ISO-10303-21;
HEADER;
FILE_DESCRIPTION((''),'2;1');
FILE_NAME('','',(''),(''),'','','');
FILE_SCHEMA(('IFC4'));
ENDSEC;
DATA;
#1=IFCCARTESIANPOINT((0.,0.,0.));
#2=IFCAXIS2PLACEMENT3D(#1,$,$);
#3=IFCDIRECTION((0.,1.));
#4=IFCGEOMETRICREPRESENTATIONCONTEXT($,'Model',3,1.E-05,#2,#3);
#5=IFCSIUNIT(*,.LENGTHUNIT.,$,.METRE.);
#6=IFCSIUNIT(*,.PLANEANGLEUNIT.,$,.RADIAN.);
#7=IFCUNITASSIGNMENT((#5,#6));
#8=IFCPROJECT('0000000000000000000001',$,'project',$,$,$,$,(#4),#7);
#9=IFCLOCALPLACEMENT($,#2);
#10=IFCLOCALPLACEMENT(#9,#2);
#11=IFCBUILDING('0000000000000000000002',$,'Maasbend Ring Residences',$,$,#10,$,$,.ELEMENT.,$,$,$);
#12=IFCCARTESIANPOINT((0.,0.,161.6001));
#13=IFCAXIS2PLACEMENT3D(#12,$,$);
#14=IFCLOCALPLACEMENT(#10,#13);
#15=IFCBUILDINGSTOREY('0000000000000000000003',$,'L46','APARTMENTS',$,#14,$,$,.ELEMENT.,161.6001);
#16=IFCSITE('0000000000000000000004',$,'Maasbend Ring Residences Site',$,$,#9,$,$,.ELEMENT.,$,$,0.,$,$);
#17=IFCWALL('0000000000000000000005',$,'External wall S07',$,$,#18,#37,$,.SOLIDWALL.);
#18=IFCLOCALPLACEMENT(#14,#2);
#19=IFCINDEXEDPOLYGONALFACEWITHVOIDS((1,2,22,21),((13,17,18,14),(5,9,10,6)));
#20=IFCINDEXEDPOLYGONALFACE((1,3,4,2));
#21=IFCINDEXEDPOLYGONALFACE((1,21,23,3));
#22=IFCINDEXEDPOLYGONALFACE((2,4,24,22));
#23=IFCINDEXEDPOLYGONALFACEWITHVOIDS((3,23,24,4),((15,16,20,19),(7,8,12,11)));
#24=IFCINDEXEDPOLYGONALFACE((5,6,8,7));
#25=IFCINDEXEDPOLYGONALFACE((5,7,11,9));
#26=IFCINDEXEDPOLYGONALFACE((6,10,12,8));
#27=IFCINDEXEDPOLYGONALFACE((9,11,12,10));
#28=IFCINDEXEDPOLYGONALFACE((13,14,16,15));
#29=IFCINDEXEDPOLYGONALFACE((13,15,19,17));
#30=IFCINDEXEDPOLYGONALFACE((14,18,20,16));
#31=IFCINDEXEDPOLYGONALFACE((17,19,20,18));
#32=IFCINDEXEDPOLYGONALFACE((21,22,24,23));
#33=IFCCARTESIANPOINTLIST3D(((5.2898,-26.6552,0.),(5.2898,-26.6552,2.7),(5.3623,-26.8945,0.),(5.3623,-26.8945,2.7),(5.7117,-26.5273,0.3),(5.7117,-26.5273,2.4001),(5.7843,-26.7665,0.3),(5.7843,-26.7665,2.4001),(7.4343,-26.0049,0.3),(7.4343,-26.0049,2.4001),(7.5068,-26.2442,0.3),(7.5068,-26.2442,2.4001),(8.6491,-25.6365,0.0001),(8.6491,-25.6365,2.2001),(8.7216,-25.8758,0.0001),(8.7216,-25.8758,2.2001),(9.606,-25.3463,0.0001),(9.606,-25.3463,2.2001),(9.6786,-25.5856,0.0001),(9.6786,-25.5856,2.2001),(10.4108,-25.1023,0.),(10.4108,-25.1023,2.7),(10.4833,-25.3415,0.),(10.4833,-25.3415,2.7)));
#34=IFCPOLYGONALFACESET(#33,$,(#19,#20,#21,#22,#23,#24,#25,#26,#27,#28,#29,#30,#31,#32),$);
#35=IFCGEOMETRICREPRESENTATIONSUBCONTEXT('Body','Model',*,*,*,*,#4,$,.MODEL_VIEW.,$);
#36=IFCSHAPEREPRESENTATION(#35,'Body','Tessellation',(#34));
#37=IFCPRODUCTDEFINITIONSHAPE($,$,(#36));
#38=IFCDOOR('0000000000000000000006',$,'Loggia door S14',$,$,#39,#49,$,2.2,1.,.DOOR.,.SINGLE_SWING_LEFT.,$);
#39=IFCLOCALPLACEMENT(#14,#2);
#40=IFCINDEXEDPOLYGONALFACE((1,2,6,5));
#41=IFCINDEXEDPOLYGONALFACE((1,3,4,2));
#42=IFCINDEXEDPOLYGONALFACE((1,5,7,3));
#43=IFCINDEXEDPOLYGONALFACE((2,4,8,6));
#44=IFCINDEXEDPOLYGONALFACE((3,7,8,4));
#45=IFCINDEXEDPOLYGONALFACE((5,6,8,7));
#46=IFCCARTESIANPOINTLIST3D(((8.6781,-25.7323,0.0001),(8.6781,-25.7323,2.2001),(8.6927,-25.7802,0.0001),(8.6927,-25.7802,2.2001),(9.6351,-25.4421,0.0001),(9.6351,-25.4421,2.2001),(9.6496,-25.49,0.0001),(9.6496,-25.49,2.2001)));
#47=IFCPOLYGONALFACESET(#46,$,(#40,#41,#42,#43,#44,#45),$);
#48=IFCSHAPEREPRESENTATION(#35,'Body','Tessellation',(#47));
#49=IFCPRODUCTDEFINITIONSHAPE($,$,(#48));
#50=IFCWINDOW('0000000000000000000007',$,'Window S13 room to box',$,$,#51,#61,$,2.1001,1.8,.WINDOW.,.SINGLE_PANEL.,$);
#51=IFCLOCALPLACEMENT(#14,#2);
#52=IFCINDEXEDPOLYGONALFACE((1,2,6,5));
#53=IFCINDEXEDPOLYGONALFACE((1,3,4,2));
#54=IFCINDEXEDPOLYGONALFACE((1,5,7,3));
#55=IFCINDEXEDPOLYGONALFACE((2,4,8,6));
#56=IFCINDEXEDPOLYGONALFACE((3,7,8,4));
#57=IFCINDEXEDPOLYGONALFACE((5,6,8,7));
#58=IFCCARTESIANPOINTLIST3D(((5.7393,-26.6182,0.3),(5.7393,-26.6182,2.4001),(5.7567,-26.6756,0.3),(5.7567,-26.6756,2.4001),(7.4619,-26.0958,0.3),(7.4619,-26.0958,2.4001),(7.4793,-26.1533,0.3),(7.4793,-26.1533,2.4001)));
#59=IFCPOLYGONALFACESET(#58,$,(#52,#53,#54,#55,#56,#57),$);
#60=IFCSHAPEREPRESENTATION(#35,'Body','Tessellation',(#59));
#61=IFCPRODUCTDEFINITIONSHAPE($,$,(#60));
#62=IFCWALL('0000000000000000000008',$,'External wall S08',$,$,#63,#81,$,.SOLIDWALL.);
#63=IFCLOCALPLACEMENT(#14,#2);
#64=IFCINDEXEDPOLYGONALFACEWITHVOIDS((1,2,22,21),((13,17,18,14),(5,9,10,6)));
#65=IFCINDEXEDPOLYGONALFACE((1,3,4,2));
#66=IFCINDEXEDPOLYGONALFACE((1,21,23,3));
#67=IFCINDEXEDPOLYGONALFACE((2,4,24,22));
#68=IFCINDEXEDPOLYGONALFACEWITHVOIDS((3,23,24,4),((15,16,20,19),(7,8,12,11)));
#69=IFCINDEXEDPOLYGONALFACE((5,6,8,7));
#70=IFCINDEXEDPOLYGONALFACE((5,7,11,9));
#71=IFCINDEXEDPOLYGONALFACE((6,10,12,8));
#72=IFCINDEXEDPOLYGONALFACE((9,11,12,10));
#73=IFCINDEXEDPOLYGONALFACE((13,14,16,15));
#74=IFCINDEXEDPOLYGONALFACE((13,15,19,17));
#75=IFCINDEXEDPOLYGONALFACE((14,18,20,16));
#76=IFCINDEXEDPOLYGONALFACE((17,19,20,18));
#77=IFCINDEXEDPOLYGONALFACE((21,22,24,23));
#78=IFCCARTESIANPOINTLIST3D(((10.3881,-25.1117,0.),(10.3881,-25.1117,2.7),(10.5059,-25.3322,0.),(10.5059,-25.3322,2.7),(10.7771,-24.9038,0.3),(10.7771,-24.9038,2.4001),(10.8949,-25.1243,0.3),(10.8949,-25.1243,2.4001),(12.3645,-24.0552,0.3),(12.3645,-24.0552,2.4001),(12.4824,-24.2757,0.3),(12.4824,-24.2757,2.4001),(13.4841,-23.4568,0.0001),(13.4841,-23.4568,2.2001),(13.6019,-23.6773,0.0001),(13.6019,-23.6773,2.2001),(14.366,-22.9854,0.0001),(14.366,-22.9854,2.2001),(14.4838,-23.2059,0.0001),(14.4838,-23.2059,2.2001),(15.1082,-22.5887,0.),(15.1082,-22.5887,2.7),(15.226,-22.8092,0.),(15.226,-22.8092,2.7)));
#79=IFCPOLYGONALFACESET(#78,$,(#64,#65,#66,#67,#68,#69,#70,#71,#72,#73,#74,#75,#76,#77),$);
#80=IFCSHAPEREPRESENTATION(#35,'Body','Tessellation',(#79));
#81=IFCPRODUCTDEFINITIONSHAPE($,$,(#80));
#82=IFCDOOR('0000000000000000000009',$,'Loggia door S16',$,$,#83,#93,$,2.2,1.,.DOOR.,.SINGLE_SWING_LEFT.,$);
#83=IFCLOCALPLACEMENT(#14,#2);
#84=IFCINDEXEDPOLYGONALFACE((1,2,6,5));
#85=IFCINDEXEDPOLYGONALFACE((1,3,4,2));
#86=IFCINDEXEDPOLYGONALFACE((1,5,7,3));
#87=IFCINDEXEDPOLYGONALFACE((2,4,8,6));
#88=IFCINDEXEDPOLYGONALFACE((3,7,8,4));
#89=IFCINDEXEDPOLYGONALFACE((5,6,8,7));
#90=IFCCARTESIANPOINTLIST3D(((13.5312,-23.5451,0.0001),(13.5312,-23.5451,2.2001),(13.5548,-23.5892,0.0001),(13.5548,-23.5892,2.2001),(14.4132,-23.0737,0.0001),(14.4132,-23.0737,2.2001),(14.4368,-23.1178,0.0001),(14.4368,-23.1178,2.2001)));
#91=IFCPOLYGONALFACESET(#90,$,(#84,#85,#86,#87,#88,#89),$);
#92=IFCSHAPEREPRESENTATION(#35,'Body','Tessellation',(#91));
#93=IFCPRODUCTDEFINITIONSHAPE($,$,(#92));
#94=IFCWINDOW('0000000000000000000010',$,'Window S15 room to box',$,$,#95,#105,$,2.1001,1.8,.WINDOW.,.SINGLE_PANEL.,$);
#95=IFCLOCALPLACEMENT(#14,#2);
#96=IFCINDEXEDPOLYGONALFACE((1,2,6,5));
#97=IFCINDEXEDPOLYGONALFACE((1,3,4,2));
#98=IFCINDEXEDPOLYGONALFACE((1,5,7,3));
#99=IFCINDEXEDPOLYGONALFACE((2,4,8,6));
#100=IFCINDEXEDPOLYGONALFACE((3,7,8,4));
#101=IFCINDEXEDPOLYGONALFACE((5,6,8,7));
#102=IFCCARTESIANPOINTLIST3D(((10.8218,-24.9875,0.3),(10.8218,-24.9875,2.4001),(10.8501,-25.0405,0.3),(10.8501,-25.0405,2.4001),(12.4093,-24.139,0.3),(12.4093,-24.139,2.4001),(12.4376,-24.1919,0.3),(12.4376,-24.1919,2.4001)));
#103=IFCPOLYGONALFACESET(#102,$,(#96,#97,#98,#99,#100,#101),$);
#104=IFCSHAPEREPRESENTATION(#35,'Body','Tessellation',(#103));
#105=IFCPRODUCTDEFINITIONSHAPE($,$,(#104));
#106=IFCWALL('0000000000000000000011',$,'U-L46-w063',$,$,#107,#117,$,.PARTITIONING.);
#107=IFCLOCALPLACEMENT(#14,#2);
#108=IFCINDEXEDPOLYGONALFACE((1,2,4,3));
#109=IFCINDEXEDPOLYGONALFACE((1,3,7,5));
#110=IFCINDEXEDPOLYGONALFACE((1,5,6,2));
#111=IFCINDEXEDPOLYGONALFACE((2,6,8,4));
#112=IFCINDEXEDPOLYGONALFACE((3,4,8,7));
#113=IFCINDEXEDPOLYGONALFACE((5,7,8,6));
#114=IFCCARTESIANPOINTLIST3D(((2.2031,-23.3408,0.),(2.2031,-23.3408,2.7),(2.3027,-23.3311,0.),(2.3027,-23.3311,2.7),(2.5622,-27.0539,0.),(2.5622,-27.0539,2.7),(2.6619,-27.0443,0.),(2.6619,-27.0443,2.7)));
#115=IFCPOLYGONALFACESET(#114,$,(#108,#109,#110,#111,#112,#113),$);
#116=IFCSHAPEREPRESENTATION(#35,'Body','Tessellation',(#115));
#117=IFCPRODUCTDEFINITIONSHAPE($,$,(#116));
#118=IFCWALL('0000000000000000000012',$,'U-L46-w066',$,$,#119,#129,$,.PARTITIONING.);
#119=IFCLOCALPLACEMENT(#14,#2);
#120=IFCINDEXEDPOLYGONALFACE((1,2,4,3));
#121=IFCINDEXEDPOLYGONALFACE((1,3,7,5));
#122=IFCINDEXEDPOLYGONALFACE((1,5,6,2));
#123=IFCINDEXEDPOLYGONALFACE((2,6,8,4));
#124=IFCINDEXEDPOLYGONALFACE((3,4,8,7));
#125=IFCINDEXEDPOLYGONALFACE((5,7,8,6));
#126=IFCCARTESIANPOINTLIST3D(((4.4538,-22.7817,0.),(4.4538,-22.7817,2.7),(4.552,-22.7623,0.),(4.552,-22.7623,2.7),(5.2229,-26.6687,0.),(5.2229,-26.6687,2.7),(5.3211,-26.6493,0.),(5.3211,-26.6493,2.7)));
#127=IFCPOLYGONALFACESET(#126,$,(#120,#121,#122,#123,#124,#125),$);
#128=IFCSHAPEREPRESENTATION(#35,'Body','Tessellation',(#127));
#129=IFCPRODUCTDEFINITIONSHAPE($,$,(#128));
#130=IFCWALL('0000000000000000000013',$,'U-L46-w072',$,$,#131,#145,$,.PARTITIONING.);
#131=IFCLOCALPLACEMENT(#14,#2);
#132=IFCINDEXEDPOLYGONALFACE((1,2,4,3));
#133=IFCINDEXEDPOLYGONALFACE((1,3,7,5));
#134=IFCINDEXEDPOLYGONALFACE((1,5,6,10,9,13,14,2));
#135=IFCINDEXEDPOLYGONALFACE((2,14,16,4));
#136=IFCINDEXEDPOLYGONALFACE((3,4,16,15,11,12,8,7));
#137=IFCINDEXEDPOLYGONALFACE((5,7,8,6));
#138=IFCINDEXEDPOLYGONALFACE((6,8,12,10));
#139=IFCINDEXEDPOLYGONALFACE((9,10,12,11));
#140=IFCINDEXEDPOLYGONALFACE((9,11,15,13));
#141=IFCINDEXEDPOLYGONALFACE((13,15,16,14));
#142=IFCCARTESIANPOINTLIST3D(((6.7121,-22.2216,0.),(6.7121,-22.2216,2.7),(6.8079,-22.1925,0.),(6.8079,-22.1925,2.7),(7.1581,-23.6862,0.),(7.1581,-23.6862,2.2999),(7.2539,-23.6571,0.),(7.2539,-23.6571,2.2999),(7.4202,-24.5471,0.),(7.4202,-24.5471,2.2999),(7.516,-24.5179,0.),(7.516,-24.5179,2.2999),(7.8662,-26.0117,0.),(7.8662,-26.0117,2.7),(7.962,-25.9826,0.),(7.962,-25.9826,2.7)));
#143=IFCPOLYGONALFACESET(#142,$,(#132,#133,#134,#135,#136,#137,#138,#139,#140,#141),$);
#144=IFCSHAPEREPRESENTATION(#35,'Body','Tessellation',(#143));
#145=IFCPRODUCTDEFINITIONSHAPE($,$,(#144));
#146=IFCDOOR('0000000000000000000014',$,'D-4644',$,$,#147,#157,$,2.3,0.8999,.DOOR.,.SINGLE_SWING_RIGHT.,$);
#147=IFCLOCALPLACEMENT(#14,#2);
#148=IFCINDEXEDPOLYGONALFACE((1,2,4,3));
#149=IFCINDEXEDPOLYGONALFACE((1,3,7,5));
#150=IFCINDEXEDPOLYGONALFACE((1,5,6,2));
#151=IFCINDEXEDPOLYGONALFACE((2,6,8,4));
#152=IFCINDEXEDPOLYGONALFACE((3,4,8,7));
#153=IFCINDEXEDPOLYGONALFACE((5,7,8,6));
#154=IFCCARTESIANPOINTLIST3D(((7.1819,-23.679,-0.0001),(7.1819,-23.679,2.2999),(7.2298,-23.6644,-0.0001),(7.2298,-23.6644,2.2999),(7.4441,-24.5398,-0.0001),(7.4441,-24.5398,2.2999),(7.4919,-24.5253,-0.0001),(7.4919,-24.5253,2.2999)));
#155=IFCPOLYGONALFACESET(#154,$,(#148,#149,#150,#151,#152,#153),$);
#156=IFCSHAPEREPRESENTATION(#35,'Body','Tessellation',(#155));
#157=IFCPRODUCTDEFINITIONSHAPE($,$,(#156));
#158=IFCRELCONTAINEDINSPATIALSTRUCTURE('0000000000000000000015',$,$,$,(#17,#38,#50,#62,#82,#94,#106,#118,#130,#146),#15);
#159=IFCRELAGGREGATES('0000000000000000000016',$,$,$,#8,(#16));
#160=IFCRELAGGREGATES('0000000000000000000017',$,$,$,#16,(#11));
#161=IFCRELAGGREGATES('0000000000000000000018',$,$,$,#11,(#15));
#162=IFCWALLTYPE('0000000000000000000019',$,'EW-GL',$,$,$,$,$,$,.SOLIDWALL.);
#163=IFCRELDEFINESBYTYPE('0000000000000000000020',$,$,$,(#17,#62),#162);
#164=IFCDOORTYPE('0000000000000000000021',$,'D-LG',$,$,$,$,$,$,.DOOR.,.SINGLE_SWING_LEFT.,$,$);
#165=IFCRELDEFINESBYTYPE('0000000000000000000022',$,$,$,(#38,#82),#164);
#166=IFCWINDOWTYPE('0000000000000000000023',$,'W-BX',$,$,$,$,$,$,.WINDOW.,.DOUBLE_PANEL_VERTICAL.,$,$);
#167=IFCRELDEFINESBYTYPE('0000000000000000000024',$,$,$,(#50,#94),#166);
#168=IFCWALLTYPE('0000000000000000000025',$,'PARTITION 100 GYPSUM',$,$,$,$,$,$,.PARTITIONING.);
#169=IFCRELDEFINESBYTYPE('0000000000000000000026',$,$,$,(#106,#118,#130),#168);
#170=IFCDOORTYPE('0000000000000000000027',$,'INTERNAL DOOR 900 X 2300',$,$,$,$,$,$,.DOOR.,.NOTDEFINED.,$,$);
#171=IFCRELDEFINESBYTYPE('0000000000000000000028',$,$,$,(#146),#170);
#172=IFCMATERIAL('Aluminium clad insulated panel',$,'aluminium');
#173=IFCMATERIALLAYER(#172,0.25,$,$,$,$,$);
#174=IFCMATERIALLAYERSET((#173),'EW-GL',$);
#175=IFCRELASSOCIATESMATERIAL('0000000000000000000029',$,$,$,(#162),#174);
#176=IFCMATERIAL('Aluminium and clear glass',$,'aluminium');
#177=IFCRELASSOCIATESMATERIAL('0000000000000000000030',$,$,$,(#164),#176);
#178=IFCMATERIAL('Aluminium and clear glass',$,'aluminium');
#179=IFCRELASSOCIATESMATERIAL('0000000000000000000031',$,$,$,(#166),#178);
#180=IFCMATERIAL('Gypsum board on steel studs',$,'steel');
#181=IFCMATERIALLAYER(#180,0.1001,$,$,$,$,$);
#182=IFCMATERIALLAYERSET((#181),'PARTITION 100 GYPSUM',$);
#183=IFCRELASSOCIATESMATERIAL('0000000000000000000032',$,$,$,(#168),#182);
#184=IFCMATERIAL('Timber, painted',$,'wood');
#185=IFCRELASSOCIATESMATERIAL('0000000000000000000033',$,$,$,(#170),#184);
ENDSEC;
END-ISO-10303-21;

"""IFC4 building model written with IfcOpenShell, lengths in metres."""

from ifc_helpers import new_model, si_unit, direction, frame, frame_2d, origin, place, context, subcontext, project, spatial, rectangle, extrude, material, layer, layer_set, type_object, element, fill, save


model = new_model("IFC4")

# Units and contexts
model_context = context("Model", 3, precision=1e-05, world=origin(), true_north=direction((0.0, 1.0)))
body_context = subcontext(model_context, "Body", "Model", "MODEL_VIEW")
ifc_project = project(units=[si_unit("LENGTHUNIT", "METRE"), si_unit("PLANEANGLEUNIT", "RADIAN")], contexts=[model_context])

# Site, building, storey
site_placement = place(None, origin())
site = spatial("IfcSite", under=ifc_project, at=site_placement, Name="Maasbend Ring Residences Site", CompositionType="ELEMENT", RefElevation=0.0)
building_placement = place(site_placement, origin())
building = spatial("IfcBuilding", under=site, at=building_placement, Name="Maasbend Ring Residences", CompositionType="ELEMENT")
storey_placement = place(building_placement, frame((0.0, 0.0, 161.6001)))
storey = spatial("IfcBuildingStorey", under=building, at=storey_placement, Name="L46", Description="APARTMENTS", CompositionType="ELEMENT", Elevation=161.6001)

# Walls, openings, doors, windows
ifc_material_1 = material(Name="Aluminium clad insulated panel", Category="aluminium")
ifc_layer_1 = layer(ifc_material_1, 0.25)
ifc_layer_set_1 = layer_set([ifc_layer_1], Name="EW-GL")
wall_type_1 = type_object("IfcWallType", Name="EW-GL", PredefinedType="SOLIDWALL", material=ifc_layer_set_1)
wall_1_placement = place(storey_placement, frame((5.3259, -26.7749, 0.0), z_axis=(0.0, 0.0, 1.0), x_axis=(0.956966, 0.290201, 0.0)))
wall_1 = element("IfcWall", 1, at=wall_1_placement, inside=storey, type_object=wall_type_1, Name="External wall S07", PredefinedType="SOLIDWALL", context=body_context, shape_type="SweptSolid", body=[
    extrude(rectangle(XDim=5.3513, YDim=0.25, at=frame_2d((2.6758, 0.0))), origin(), (0.0, 0.0, 1.0), 2.7),
])
opening_1_placement = place(wall_1_placement, frame((0.4412, 0.0, 0.3)))
opening_1 = element("IfcOpeningElement", 2, at=opening_1_placement, cuts=wall_1, PredefinedType="OPENING", context=body_context, shape_type="SweptSolid", body=[
    extrude(rectangle(XDim=1.8, YDim=2.1001, at=frame_2d((0.8999, 1.05))), frame((0.0, 0.135, 0.0), z_axis=(0.0, -1.0, 0.0), x_axis=(1.0, 0.0, 0.0)), (0.0, 0.0, 1.0), 0.27),
])
opening_2_placement = place(wall_1_placement, frame((3.5105, 0.0, 0.0)))
opening_2 = element("IfcOpeningElement", 3, at=opening_2_placement, cuts=wall_1, PredefinedType="OPENING", context=body_context, shape_type="SweptSolid", body=[
    extrude(rectangle(XDim=1.0, YDim=2.2, at=frame_2d((0.5, 1.1001))), frame((0.0, 0.135, 0.0), z_axis=(0.0, -1.0, 0.0), x_axis=(1.0, 0.0, 0.0)), (0.0, 0.0, 1.0), 0.27),
])
ifc_material_2 = material(Name="Aluminium and clear glass", Category="aluminium")
door_type_1 = type_object("IfcDoorType", Name="D-LG", OperationType="SINGLE_SWING_LEFT", PredefinedType="DOOR", material=ifc_material_2)
door_1_placement = place(opening_2_placement, origin())
door_1 = element("IfcDoor", 4, at=door_1_placement, inside=storey, type_object=door_type_1, Name="Loggia door S14", OperationType="SINGLE_SWING_LEFT", OverallHeight=2.2, OverallWidth=1.0, PredefinedType="DOOR", context=body_context, shape_type="SweptSolid", body=[
    extrude(rectangle(XDim=1.0, YDim=2.2, at=frame_2d((0.5, 1.1001))), frame((0.0, 0.0249, 0.0), z_axis=(0.0, -1.0, 0.0), x_axis=(1.0, 0.0, 0.0)), (0.0, 0.0, 1.0), 0.05),
])
fill(opening_2, door_1)
ifc_material_3 = material(Name="Aluminium and clear glass", Category="aluminium")
window_type_1 = type_object("IfcWindowType", Name="W-BX", PartitioningType="DOUBLE_PANEL_VERTICAL", PredefinedType="WINDOW", material=ifc_material_3)
window_1_placement = place(opening_1_placement, origin())
window_1 = element("IfcWindow", 5, at=window_1_placement, inside=storey, type_object=window_type_1, Name="Window S13 room to box", OverallHeight=2.1001, OverallWidth=1.8, PartitioningType="SINGLE_PANEL", PredefinedType="WINDOW", context=body_context, shape_type="SweptSolid", body=[
    extrude(rectangle(XDim=1.8, YDim=2.1001, at=frame_2d((0.8999, 1.05))), frame((0.0, 0.03, 0.0), z_axis=(0.0, -1.0, 0.0), x_axis=(1.0, 0.0, 0.0)), (0.0, 0.0, 1.0), 0.0601),
])
fill(opening_1, window_1)
wall_2_placement = place(storey_placement, frame((10.447, -25.2219, 0.0), z_axis=(0.0, 0.0, 1.0), x_axis=(0.881916, 0.471407, 0.0)))
wall_2 = element("IfcWall", 6, at=wall_2_placement, inside=storey, type_object=wall_type_1, Name="External wall S08", PredefinedType="SOLIDWALL", context=body_context, shape_type="SweptSolid", body=[
    extrude(rectangle(XDim=5.3521, YDim=0.25, at=frame_2d((2.676, 0.0))), origin(), (0.0, 0.0, 1.0), 2.7),
])
opening_3_placement = place(wall_2_placement, frame((0.4412, 0.0, 0.3)))
opening_3 = element("IfcOpeningElement", 7, at=opening_3_placement, cuts=wall_2, PredefinedType="OPENING", context=body_context, shape_type="SweptSolid", body=[
    extrude(rectangle(XDim=1.8, YDim=2.1001, at=frame_2d((0.8999, 1.05))), frame((0.0, 0.135, 0.0), z_axis=(0.0, -1.0, 0.0), x_axis=(1.0, 0.0, 0.0)), (0.0, 0.0, 1.0), 0.27),
])
opening_4_placement = place(wall_2_placement, frame((3.5105, 0.0, 0.0)))
opening_4 = element("IfcOpeningElement", 8, at=opening_4_placement, cuts=wall_2, PredefinedType="OPENING", context=body_context, shape_type="SweptSolid", body=[
    extrude(rectangle(XDim=1.0, YDim=2.2, at=frame_2d((0.5, 1.1001))), frame((0.0, 0.135, 0.0), z_axis=(0.0, -1.0, 0.0), x_axis=(1.0, 0.0, 0.0)), (0.0, 0.0, 1.0), 0.27),
])
door_2_placement = place(opening_4_placement, origin())
door_2 = element("IfcDoor", 9, at=door_2_placement, inside=storey, type_object=door_type_1, Name="Loggia door S16", OperationType="SINGLE_SWING_LEFT", OverallHeight=2.2, OverallWidth=1.0, PredefinedType="DOOR", context=body_context, shape_type="SweptSolid", body=[
    extrude(rectangle(XDim=1.0, YDim=2.2, at=frame_2d((0.5, 1.1001))), frame((0.0, 0.0249, 0.0), z_axis=(0.0, -1.0, 0.0), x_axis=(1.0, 0.0, 0.0)), (0.0, 0.0, 1.0), 0.05),
])
fill(opening_4, door_2)
window_2_placement = place(opening_3_placement, origin())
window_2 = element("IfcWindow", 10, at=window_2_placement, inside=storey, type_object=window_type_1, Name="Window S15 room to box", OverallHeight=2.1001, OverallWidth=1.8, PartitioningType="SINGLE_PANEL", PredefinedType="WINDOW", context=body_context, shape_type="SweptSolid", body=[
    extrude(rectangle(XDim=1.8, YDim=2.1001, at=frame_2d((0.8999, 1.05))), frame((0.0, 0.03, 0.0), z_axis=(0.0, -1.0, 0.0), x_axis=(1.0, 0.0, 0.0)), (0.0, 0.0, 1.0), 0.0601),
])
fill(opening_3, window_2)

# Walls
ifc_material_4 = material(Name="Gypsum board on steel studs", Category="steel")
ifc_layer_2 = layer(ifc_material_4, 0.1001)
ifc_layer_set_2 = layer_set([ifc_layer_2], Name="PARTITION 100 GYPSUM")
wall_type_2 = type_object("IfcWallType", Name="PARTITION 100 GYPSUM", PredefinedType="PARTITIONING", material=ifc_layer_set_2)
wall_3_placement = place(storey_placement, frame((2.2529, -23.3359, 0.0), z_axis=(0.0, 0.0, 1.0), x_axis=(0.09627, -0.995355, 0.0)))
element("IfcWall", 11, at=wall_3_placement, inside=storey, type_object=wall_type_2, Name="U-L46-w063", PredefinedType="PARTITIONING", context=body_context, shape_type="SweptSolid", body=[
    extrude(rectangle(XDim=3.7305, YDim=0.1001, at=frame_2d((1.8652, 0.0))), origin(), (0.0, 0.0, 1.0), 2.7),
])
wall_4_placement = place(storey_placement, frame((4.5029, -22.772, 0.0), z_axis=(0.0, 0.0, 1.0), x_axis=(0.19409, -0.980984, 0.0)))
element("IfcWall", 12, at=wall_4_placement, inside=storey, type_object=wall_type_2, Name="U-L46-w066", PredefinedType="PARTITIONING", context=body_context, shape_type="SweptSolid", body=[
    extrude(rectangle(XDim=3.9624, YDim=0.1001, at=frame_2d((1.9812, 0.0))), origin(), (0.0, 0.0, 1.0), 2.7),
])

# Wall, opening, door
wall_5_placement = place(storey_placement, frame((6.76, -22.207, 0.0), z_axis=(0.0, 0.0, 1.0), x_axis=(0.291292, -0.956634, 0.0)))
wall_5 = element("IfcWall", 13, at=wall_5_placement, inside=storey, type_object=wall_type_2, Name="U-L46-w072", PredefinedType="PARTITIONING", context=body_context, shape_type="SweptSolid", body=[
    extrude(rectangle(XDim=3.9619, YDim=0.1001, at=frame_2d((1.981, 0.0))), origin(), (0.0, 0.0, 1.0), 2.7),
])
opening_5_placement = place(wall_5_placement, frame((1.531, 0.0, 0.0)))
opening_5 = element("IfcOpeningElement", 14, at=opening_5_placement, cuts=wall_5, PredefinedType="OPENING", context=body_context, shape_type="SweptSolid", body=[
    extrude(rectangle(XDim=0.8999, YDim=2.3, at=frame_2d((0.45, 1.1499))), frame((0.0, 0.0601, 0.0), z_axis=(0.0, -1.0, 0.0), x_axis=(1.0, 0.0, 0.0)), (0.0, 0.0, 1.0), 0.1201),
])
ifc_material_5 = material(Name="Timber, painted", Category="wood")
door_type_2 = type_object("IfcDoorType", Name="INTERNAL DOOR 900 X 2300", OperationType="NOTDEFINED", PredefinedType="DOOR", material=ifc_material_5)
door_3_placement = place(opening_5_placement, origin())
door_3 = element("IfcDoor", 15, at=door_3_placement, inside=storey, type_object=door_type_2, Name="D-4644", OperationType="SINGLE_SWING_RIGHT", OverallHeight=2.3, OverallWidth=0.8999, PredefinedType="DOOR", context=body_context, shape_type="SweptSolid", body=[
    extrude(rectangle(XDim=0.8999, YDim=2.3, at=frame_2d((0.45, 1.1499))), frame((0.0, 0.0249, 0.0), z_axis=(0.0, -1.0, 0.0), x_axis=(1.0, 0.0, 0.0)), (0.0, 0.0, 1.0), 0.05),
])
fill(opening_5, door_3)

save(model, "model.ifc")
